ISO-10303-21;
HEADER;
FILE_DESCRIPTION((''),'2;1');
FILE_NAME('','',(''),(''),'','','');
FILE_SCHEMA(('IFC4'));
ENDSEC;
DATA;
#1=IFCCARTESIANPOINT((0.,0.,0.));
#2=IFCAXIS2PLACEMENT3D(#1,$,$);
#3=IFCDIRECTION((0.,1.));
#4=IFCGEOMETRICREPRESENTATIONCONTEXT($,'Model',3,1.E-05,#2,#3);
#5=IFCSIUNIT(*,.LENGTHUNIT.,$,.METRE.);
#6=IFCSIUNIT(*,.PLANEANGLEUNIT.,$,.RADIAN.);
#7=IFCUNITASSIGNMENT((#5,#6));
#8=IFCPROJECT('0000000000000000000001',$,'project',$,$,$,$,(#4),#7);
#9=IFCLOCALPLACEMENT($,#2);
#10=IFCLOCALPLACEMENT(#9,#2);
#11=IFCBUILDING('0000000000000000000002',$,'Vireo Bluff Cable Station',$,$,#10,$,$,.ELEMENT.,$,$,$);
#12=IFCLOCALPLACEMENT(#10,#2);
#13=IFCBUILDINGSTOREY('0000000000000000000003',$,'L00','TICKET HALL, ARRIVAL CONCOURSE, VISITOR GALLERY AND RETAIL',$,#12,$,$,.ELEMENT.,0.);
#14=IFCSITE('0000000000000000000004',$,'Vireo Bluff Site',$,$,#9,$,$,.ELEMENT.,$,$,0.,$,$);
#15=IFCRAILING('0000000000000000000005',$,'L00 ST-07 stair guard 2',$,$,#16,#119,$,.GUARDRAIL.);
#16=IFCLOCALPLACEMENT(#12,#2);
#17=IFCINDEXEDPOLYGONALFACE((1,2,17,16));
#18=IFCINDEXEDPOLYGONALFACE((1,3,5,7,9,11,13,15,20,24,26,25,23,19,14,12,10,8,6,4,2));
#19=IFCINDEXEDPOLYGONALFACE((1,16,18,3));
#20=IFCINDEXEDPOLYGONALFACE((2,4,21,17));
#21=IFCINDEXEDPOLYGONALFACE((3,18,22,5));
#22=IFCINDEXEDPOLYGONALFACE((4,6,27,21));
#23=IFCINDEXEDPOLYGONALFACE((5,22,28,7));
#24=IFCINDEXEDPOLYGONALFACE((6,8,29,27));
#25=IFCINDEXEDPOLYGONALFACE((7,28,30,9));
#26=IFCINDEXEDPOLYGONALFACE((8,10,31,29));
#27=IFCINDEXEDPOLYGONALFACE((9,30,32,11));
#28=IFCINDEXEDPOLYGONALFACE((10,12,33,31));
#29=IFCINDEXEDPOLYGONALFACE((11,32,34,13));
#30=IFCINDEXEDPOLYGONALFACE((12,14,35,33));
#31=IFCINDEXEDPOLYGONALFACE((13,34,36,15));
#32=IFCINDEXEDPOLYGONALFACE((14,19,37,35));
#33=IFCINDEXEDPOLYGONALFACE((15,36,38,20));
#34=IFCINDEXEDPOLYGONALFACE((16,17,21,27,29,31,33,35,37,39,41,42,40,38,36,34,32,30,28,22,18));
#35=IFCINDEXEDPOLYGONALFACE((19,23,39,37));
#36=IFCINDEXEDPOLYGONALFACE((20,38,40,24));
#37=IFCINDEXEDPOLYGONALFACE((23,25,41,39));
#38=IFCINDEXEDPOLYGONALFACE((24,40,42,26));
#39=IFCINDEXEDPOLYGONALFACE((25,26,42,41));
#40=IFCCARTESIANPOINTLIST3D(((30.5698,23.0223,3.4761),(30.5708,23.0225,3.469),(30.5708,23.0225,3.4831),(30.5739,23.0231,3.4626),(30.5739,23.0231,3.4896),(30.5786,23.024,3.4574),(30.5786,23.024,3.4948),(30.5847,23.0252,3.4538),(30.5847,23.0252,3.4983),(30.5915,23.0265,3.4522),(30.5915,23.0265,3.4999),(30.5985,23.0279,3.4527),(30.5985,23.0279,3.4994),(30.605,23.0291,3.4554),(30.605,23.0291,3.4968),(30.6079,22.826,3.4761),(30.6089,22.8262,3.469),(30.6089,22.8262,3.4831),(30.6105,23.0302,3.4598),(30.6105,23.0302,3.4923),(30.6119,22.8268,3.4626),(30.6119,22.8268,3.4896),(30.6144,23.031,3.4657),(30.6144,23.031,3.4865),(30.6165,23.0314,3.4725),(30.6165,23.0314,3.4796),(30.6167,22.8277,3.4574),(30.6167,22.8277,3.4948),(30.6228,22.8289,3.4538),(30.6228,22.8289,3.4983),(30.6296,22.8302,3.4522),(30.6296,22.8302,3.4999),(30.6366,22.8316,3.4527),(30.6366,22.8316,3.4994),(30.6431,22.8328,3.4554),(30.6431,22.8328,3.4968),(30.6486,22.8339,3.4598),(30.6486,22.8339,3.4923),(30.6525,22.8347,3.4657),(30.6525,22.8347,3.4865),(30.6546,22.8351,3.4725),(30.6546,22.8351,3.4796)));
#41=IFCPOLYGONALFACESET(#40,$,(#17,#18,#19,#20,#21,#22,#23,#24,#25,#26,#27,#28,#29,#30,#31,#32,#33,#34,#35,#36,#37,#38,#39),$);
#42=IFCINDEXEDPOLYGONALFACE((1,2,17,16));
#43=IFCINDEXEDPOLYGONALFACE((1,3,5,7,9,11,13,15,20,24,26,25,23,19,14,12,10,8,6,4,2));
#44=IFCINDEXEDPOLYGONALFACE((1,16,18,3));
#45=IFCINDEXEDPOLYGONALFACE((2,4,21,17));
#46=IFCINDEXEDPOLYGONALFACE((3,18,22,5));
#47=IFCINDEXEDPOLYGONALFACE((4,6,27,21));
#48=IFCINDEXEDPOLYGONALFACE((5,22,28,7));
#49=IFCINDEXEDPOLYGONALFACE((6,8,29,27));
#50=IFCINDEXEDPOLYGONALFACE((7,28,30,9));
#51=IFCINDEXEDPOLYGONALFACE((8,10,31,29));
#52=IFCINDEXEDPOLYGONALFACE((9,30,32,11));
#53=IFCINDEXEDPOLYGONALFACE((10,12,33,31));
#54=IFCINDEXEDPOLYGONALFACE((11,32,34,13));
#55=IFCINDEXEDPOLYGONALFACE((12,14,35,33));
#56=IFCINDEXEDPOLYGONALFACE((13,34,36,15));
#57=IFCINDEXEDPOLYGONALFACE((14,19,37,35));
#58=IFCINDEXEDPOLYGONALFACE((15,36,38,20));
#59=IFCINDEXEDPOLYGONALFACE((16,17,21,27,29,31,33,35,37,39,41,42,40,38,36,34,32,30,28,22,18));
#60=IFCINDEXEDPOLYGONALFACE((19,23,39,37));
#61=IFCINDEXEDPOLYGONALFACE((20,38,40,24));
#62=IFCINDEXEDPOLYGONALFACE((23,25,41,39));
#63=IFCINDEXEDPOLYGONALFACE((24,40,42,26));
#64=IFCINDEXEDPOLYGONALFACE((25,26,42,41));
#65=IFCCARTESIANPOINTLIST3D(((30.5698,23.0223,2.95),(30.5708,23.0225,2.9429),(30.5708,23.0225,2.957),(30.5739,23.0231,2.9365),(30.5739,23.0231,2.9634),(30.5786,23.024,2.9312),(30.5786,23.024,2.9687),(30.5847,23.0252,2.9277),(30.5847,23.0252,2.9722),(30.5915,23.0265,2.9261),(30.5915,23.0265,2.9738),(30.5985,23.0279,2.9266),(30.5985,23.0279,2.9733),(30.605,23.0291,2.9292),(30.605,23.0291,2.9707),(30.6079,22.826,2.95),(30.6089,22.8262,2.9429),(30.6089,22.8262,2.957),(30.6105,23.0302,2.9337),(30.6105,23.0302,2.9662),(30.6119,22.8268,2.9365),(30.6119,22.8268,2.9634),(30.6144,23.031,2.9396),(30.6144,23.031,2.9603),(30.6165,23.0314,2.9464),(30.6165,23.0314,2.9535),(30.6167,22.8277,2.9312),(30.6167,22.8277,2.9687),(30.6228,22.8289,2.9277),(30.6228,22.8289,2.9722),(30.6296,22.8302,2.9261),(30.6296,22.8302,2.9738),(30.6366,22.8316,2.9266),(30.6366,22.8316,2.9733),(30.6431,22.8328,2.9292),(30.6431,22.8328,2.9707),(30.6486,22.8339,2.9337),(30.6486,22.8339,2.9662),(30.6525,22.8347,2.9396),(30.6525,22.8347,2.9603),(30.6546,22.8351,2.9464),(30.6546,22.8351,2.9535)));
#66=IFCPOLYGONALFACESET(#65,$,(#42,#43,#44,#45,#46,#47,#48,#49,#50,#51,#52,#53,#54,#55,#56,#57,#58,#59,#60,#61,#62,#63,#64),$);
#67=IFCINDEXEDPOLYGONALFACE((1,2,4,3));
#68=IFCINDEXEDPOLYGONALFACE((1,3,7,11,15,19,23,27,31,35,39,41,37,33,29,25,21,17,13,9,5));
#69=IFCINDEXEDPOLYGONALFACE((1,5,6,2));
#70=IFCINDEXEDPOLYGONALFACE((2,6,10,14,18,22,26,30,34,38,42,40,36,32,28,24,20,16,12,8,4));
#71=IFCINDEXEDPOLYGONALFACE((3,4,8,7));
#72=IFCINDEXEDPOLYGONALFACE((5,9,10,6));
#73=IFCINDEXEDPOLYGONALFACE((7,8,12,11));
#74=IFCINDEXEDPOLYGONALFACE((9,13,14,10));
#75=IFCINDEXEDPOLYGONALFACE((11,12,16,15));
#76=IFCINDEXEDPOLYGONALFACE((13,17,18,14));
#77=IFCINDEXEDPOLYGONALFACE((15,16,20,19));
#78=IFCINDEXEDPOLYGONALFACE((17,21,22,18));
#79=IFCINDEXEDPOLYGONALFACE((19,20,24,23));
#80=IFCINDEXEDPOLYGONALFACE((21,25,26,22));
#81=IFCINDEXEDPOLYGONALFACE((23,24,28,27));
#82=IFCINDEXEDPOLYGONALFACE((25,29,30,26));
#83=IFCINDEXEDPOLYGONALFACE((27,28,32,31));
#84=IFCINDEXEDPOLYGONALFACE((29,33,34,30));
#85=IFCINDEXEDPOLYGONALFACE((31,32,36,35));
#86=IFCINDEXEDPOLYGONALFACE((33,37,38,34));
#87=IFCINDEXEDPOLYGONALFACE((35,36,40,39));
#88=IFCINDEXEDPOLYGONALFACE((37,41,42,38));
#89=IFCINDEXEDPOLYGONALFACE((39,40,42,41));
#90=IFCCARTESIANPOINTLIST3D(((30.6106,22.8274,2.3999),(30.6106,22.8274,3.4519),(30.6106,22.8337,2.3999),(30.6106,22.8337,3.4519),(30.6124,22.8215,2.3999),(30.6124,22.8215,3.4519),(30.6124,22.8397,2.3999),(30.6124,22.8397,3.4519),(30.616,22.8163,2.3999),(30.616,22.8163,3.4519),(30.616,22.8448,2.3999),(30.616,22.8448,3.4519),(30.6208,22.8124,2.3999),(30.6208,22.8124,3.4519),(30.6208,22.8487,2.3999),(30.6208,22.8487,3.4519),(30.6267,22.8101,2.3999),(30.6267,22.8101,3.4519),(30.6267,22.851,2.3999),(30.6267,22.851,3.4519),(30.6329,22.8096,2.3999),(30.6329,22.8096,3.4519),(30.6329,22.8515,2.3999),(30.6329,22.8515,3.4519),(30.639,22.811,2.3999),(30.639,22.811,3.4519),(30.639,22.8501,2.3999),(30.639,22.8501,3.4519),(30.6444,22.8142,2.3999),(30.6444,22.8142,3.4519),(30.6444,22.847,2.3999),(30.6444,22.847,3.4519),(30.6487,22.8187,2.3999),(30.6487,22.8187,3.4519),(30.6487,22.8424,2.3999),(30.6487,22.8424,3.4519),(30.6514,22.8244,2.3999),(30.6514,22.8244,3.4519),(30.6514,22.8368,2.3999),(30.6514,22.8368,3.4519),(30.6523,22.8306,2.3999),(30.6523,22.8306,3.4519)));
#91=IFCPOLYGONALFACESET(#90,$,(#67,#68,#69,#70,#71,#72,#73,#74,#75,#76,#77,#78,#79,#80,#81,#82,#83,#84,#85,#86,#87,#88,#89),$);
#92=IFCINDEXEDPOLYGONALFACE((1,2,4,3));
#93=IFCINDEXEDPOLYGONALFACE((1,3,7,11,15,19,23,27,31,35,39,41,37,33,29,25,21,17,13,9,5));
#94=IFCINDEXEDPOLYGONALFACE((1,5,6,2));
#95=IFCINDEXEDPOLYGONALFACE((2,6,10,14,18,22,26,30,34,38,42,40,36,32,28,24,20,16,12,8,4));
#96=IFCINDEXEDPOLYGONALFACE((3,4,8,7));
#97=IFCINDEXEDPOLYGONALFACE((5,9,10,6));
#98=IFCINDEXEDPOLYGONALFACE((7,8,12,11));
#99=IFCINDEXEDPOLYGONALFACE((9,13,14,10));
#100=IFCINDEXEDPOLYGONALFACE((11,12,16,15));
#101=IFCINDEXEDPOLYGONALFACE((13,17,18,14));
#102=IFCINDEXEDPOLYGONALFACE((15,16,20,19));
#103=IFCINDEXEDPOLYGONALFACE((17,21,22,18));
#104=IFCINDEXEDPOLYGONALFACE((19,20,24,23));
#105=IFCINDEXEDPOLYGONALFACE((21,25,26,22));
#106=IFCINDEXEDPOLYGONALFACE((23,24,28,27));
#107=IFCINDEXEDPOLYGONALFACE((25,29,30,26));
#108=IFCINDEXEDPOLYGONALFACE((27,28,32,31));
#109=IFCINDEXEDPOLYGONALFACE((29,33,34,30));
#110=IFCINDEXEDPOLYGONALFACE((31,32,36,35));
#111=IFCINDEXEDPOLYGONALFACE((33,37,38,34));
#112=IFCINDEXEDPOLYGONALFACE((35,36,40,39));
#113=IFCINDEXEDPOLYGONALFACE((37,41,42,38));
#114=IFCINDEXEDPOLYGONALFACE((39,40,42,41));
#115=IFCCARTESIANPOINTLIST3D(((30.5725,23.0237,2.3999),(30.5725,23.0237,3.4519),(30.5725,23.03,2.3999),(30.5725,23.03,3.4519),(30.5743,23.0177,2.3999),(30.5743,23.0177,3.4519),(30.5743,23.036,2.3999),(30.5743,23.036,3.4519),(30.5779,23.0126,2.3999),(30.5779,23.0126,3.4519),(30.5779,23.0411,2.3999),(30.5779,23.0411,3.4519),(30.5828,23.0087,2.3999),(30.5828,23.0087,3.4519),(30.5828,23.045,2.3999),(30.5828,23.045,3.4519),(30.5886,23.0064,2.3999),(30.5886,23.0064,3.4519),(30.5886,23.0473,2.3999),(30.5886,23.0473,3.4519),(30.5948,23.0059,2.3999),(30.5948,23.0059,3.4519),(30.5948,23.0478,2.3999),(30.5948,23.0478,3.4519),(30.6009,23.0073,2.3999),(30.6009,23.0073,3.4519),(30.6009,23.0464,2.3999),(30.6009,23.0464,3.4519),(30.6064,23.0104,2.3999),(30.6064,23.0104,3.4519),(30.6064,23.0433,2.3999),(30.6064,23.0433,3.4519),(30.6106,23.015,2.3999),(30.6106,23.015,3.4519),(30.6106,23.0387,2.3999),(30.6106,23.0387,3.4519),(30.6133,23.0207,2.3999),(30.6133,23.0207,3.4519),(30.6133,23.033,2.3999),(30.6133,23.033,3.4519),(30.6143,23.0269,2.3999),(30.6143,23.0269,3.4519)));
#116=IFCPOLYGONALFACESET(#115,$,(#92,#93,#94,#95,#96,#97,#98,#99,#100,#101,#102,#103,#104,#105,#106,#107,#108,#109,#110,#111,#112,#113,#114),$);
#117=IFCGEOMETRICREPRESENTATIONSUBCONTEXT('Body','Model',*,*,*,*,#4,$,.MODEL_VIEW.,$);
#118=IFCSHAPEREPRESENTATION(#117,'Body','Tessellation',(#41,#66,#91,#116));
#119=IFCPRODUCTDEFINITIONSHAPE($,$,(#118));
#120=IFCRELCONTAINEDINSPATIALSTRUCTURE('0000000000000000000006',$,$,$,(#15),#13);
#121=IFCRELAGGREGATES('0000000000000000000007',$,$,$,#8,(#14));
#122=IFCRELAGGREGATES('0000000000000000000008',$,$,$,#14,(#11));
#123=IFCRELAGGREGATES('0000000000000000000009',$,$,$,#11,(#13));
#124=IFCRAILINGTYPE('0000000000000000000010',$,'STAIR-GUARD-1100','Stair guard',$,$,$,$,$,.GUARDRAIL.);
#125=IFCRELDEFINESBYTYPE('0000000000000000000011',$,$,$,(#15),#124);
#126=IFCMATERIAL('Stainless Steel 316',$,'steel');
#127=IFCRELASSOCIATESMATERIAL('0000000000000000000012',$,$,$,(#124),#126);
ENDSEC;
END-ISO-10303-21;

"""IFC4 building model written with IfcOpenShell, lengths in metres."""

from ifc_helpers import new_model, si_unit, direction, frame, origin, origin_2d, place, context, subcontext, project, spatial, circle, extrude, material, type_object, element, save


model = new_model("IFC4")

# Units and contexts
model_context = context("Model", 3, precision=1e-05, world=origin(), true_north=direction((0.0, 1.0)))
body_context = subcontext(model_context, "Body", "Model", "MODEL_VIEW")
ifc_project = project(units=[si_unit("LENGTHUNIT", "METRE"), si_unit("PLANEANGLEUNIT", "RADIAN")], contexts=[model_context])

# Site, building, storey
site_placement = place(None, origin())
site = spatial("IfcSite", under=ifc_project, at=site_placement, Name="Vireo Bluff Site", CompositionType="ELEMENT", RefElevation=0.0)
building_placement = place(site_placement, origin())
building = spatial("IfcBuilding", under=site, at=building_placement, Name="Vireo Bluff Cable Station", CompositionType="ELEMENT")
storey_placement = place(building_placement, origin())
storey = spatial("IfcBuildingStorey", under=building, at=storey_placement, Name="L00", Description="TICKET HALL, ARRIVAL CONCOURSE, VISITOR GALLERY AND RETAIL", CompositionType="ELEMENT", Elevation=0.0)

# Railing
ifc_material_1 = material(Name="Stainless Steel 316", Category="steel")
railing_type_1 = type_object("IfcRailingType", Name="STAIR-GUARD-1100", Description="Stair guard", PredefinedType="GUARDRAIL", material=ifc_material_1)
railing_1_placement = place(storey_placement, frame((30.6313, 22.8306, 2.3999)))
element("IfcRailing", 1, at=railing_1_placement, inside=storey, type_object=railing_type_1, Name="L00 ST-07 stair guard 2", PredefinedType="GUARDRAIL", context=body_context, shape_type="SweptSolid", body=[
    extrude(circle(Radius=0.0239, at=origin_2d()), frame((0.0, 0.0, 1.0762), z_axis=(-0.190477, 0.981692, 0.0), x_axis=(-0.981692, -0.190477, 0.0)), (0.0, 0.0, 1.0), 0.2),
    extrude(circle(Radius=0.0239, at=origin_2d()), frame((0.0, 0.0, 0.55), z_axis=(-0.190477, 0.981692, 0.0), x_axis=(-0.981692, -0.190477, 0.0)), (0.0, 0.0, 1.0), 0.2),
    extrude(circle(Radius=0.021, at=origin_2d()), origin(), (0.0, 0.0, 1.0), 1.052),
    extrude(circle(Radius=0.021, at=origin_2d()), frame((-0.0381, 0.1963, 0.0)), (0.0, 0.0, 1.0), 1.052),
])

save(model, "model.ifc")
